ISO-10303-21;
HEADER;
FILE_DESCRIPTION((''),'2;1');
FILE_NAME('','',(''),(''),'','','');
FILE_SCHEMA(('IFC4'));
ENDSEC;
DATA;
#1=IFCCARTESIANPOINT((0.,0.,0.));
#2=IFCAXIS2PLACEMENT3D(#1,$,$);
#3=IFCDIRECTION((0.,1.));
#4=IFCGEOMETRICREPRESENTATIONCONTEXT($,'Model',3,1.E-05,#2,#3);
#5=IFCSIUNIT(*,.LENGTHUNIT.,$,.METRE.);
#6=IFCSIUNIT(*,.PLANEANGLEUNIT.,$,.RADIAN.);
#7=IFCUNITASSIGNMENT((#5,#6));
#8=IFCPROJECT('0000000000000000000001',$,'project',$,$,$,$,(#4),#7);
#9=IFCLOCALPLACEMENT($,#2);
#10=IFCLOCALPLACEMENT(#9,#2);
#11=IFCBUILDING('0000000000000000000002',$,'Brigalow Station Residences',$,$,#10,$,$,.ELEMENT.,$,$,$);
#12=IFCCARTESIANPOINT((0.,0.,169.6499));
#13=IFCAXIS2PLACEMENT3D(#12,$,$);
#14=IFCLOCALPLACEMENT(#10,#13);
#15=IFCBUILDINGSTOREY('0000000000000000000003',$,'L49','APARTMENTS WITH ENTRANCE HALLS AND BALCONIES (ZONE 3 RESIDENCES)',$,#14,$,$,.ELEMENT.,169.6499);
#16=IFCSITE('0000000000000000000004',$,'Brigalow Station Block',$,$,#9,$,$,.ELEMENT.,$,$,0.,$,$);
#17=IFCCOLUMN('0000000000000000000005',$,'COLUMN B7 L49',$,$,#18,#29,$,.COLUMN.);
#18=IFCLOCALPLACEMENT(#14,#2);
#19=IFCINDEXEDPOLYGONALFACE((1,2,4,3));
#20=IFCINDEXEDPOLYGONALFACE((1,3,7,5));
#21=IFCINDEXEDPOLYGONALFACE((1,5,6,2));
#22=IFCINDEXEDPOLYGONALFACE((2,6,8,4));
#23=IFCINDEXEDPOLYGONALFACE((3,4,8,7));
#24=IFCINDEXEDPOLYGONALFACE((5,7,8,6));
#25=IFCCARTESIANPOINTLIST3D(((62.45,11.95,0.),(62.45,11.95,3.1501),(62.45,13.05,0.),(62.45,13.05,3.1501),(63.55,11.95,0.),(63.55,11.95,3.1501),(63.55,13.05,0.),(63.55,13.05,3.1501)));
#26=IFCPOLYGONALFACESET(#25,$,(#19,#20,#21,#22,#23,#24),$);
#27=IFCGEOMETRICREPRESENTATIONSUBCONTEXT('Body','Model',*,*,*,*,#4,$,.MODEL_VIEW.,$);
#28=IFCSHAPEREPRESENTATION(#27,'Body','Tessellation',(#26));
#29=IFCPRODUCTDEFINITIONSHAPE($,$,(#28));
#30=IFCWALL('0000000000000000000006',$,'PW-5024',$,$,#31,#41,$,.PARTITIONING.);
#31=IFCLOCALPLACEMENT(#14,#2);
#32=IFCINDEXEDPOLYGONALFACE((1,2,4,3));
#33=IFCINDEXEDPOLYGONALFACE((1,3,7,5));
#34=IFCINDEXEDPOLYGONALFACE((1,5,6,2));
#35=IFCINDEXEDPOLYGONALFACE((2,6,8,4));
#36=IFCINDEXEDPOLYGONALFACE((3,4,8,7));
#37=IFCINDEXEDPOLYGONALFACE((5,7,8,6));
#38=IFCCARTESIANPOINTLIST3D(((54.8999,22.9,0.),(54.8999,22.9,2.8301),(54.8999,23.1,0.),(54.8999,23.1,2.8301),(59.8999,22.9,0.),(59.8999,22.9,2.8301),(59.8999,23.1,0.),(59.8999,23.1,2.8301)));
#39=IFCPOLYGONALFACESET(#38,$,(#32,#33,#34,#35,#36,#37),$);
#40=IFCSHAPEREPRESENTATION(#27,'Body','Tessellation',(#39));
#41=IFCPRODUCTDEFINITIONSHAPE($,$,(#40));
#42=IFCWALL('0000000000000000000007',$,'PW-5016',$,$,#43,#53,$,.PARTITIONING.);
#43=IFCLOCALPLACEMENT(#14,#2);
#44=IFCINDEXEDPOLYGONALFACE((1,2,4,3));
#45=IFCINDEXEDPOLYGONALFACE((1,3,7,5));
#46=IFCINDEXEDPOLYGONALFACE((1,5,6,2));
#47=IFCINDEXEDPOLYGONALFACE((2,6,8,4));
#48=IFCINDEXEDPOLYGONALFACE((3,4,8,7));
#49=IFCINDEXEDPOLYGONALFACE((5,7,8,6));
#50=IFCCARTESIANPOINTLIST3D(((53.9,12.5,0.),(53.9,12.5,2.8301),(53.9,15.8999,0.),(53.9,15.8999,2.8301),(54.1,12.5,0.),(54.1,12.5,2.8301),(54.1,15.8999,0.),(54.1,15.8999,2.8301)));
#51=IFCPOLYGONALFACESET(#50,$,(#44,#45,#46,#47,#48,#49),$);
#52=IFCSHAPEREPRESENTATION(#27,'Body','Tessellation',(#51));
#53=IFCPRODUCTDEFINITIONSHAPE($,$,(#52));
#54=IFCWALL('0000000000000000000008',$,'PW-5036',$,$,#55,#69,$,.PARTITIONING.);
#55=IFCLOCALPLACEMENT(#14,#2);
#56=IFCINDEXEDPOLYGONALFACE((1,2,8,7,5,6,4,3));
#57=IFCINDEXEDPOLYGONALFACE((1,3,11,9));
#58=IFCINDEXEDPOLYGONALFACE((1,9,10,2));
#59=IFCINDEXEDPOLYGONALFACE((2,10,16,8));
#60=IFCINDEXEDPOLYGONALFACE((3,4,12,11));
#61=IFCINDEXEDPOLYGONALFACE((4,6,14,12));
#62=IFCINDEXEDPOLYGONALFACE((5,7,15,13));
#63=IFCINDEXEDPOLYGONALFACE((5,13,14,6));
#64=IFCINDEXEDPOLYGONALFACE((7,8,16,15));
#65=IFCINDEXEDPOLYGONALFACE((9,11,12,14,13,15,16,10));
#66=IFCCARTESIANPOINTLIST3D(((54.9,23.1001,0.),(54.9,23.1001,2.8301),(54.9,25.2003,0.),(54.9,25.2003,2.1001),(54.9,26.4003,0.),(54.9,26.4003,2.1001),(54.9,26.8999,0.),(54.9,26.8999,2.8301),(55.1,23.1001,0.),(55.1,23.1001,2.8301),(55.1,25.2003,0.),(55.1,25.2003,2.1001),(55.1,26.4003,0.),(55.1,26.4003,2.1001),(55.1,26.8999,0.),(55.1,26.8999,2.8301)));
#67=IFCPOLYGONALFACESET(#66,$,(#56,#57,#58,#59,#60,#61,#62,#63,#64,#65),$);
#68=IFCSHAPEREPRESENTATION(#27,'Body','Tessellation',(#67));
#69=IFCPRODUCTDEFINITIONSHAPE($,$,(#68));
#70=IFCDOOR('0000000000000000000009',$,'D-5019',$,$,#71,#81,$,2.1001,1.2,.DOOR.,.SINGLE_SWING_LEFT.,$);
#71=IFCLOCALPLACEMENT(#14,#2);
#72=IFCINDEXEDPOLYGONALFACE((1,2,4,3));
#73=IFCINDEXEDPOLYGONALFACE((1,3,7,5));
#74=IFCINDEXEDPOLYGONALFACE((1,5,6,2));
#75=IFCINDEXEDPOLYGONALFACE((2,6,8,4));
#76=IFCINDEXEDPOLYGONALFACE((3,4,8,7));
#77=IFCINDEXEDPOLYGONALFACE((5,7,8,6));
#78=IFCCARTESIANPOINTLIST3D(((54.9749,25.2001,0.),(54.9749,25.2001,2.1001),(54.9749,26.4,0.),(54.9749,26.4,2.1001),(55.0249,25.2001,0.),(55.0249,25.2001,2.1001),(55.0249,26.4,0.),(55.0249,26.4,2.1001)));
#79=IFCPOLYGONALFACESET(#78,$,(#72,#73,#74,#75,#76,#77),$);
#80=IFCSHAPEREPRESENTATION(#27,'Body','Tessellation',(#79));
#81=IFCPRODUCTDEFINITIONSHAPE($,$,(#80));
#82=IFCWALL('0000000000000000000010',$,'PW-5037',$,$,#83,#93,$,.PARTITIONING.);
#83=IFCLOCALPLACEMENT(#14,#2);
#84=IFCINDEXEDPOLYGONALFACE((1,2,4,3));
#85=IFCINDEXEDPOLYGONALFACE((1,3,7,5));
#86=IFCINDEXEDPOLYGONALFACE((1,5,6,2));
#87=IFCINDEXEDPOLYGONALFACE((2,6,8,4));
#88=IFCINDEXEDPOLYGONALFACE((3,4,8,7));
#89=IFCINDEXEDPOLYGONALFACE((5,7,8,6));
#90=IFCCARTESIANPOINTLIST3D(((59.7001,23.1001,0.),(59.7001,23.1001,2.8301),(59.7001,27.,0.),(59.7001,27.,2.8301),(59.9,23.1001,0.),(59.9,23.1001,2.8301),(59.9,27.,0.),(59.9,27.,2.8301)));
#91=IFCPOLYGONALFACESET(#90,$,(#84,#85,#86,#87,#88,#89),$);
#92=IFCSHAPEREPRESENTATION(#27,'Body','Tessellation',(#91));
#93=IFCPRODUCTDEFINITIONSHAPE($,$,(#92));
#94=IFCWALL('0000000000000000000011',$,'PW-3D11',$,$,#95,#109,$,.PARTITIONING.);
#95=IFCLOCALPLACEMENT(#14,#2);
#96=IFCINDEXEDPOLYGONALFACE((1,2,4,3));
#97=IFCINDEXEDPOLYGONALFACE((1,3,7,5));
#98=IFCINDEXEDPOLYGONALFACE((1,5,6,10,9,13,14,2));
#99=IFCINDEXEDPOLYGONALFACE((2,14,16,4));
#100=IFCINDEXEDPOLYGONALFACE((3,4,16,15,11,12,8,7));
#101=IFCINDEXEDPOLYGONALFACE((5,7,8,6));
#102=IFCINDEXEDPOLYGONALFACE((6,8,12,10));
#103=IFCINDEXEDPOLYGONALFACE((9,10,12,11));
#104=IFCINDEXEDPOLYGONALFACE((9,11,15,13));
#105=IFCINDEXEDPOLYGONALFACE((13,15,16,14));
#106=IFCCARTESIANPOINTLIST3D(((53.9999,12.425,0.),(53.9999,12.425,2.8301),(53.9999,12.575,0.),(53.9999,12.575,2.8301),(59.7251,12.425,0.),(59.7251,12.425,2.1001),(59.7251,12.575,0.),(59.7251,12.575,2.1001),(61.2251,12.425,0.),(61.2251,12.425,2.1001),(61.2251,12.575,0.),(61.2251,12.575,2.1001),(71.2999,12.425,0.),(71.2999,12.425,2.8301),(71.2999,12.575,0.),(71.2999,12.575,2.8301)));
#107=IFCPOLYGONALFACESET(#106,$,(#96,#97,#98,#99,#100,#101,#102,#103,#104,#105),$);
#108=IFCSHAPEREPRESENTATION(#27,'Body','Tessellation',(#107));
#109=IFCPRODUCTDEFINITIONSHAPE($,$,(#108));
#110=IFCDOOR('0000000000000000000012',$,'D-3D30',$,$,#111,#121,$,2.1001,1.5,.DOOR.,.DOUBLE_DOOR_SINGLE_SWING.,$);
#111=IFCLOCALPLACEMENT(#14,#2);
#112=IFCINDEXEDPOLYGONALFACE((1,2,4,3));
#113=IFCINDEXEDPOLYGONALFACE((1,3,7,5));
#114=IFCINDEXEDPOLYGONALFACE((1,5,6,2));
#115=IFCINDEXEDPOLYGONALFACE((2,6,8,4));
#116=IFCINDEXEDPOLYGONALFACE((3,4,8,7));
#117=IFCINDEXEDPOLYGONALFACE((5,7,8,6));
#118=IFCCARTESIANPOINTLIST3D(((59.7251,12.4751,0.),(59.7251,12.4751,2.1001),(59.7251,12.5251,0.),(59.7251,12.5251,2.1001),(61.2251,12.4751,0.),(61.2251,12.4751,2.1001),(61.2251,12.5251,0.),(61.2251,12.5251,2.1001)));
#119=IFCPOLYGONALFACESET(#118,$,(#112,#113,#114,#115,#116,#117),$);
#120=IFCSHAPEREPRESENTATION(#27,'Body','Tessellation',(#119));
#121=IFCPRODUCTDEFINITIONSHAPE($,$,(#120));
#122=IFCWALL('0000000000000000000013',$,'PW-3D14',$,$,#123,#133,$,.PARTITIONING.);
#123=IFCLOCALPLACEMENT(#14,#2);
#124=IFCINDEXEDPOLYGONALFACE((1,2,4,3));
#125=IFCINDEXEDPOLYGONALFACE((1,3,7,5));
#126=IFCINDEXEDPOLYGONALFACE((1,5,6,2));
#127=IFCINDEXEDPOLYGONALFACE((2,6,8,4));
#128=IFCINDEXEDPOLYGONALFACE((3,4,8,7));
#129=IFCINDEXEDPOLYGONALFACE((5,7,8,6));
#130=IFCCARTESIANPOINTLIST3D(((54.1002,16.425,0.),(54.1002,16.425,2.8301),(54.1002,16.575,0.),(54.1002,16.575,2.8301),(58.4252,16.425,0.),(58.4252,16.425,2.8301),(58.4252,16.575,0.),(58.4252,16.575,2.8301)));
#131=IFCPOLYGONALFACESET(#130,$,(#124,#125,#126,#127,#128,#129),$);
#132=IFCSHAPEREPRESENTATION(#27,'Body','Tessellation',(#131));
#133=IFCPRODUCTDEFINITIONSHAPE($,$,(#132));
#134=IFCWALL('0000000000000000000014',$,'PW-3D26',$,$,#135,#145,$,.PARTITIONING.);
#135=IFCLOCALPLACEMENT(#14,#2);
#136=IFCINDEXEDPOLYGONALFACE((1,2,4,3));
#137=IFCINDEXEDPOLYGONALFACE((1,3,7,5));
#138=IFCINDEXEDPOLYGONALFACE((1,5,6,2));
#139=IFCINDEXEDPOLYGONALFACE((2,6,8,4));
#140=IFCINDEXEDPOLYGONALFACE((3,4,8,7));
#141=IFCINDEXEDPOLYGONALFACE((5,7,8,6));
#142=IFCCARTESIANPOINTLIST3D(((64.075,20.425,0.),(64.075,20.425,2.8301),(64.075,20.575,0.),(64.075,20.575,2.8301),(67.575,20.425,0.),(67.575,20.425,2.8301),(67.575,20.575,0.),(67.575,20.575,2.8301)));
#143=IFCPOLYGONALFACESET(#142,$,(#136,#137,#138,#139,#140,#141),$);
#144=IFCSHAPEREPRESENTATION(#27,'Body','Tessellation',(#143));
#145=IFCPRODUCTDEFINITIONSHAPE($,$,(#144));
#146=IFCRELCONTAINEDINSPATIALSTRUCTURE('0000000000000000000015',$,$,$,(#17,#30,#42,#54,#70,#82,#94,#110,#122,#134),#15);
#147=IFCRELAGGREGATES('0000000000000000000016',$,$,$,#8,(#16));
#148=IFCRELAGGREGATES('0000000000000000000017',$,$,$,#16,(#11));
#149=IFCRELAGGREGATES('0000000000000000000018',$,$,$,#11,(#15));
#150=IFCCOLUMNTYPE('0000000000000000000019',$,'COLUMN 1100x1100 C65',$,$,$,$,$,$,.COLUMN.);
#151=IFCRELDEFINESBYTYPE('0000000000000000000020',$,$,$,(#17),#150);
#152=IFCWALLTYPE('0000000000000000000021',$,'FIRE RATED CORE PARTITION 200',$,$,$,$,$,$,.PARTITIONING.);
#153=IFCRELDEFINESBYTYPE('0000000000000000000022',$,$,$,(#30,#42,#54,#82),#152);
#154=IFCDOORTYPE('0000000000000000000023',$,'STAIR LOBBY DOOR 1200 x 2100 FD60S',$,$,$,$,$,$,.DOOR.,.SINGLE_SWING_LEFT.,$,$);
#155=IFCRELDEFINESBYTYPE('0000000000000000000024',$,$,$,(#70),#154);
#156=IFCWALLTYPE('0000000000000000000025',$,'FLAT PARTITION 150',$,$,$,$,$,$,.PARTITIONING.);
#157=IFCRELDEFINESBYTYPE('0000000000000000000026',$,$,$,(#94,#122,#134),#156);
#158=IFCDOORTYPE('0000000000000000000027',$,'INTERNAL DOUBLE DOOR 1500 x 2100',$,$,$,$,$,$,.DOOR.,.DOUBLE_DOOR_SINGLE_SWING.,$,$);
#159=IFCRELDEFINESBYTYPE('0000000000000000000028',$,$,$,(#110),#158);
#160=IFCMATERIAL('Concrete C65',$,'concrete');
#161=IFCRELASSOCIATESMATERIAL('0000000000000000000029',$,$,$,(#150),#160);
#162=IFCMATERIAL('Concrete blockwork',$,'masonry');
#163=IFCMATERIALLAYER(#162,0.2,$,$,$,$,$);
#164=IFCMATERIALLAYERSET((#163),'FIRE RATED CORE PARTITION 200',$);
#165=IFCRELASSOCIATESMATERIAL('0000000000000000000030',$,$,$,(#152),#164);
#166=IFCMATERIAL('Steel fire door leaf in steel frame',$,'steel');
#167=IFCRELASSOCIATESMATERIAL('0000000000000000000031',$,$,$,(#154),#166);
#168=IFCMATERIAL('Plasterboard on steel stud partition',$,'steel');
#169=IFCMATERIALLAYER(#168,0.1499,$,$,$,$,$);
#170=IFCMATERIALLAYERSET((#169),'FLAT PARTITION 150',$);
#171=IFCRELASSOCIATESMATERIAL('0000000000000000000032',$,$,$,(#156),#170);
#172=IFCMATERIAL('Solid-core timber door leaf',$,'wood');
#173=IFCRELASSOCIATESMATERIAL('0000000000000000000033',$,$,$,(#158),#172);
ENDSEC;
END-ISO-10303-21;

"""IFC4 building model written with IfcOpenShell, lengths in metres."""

from ifc_helpers import new_model, si_unit, direction, frame, frame_2d, origin, origin_2d, place, context, subcontext, project, spatial, rectangle, extrude, material, layer, layer_set, material_profile, profile_set, type_object, element, fill, save


model = new_model("IFC4")

# Units and contexts
model_context = context("Model", 3, precision=1e-05, world=origin(), true_north=direction((0.0, 1.0)))
body_context = subcontext(model_context, "Body", "Model", "MODEL_VIEW")
ifc_project = project(units=[si_unit("LENGTHUNIT", "METRE"), si_unit("PLANEANGLEUNIT", "RADIAN")], contexts=[model_context])

# Site, building, storey
site_placement = place(None, origin())
site = spatial("IfcSite", under=ifc_project, at=site_placement, Name="Brigalow Station Block", CompositionType="ELEMENT", RefElevation=0.0)
building_placement = place(site_placement, origin())
building = spatial("IfcBuilding", under=site, at=building_placement, Name="Brigalow Station Residences", CompositionType="ELEMENT")
storey_placement = place(building_placement, frame((0.0, 0.0, 169.6499)))
storey = spatial("IfcBuildingStorey", under=building, at=storey_placement, Name="L49", Description="APARTMENTS WITH ENTRANCE HALLS AND BALCONIES (ZONE 3 RESIDENCES)", CompositionType="ELEMENT", Elevation=169.6499)

# Column
ifc_material_1 = material(Name="Concrete C65", Category="concrete")
ifc_material_profile = material_profile(ifc_material_1, rectangle(XDim=1.1001, YDim=1.1001, at=origin_2d()), Name="RC1100x1100")
ifc_profile_set = profile_set([ifc_material_profile], Name="Concrete C65")
column_type = type_object("IfcColumnType", Name="COLUMN 1100x1100 C65", PredefinedType="COLUMN", material=ifc_profile_set)
column_placement = place(storey_placement, frame((63.0, 12.5, 0.0), z_axis=(0.0, 0.0, 1.0), x_axis=(1.0, 0.0, 0.0)))
element("IfcColumn", 1, at=column_placement, inside=storey, type_object=column_type, Name="COLUMN B7 L49", PredefinedType="COLUMN", context=body_context, shape_type="SweptSolid", body=[
    extrude(rectangle(XDim=1.1001, YDim=1.1001, at=origin_2d()), origin(), (0.0, 0.0, 1.0), 3.1501),
])

# Walls
ifc_material_2 = material(Name="Concrete blockwork", Category="masonry")
ifc_layer_1 = layer(ifc_material_2, 0.2)
ifc_layer_set_1 = layer_set([ifc_layer_1], Name="FIRE RATED CORE PARTITION 200")
wall_type_1 = type_object("IfcWallType", Name="FIRE RATED CORE PARTITION 200", PredefinedType="PARTITIONING", material=ifc_layer_set_1)
wall_1_placement = place(storey_placement, frame((54.8999, 23.0, 0.0), z_axis=(0.0, 0.0, 1.0), x_axis=(1.0, 0.0, 0.0)))
element("IfcWall", 2, at=wall_1_placement, inside=storey, type_object=wall_type_1, Name="PW-5024", PredefinedType="PARTITIONING", context=body_context, shape_type="SweptSolid", body=[
    extrude(rectangle(XDim=5.0, YDim=0.2, at=frame_2d((2.5, 0.0))), origin(), (0.0, 0.0, 1.0), 2.8301),
])
wall_2_placement = place(storey_placement, frame((54.0, 12.5, 0.0), z_axis=(0.0, 0.0, 1.0), x_axis=(0.0, 1.0, 0.0)))
element("IfcWall", 3, at=wall_2_placement, inside=storey, type_object=wall_type_1, Name="PW-5016", PredefinedType="PARTITIONING", context=body_context, shape_type="SweptSolid", body=[
    extrude(rectangle(XDim=3.3999, YDim=0.2, at=frame_2d((1.7, 0.0))), origin(), (0.0, 0.0, 1.0), 2.8301),
])

# Wall, opening, door
wall_3_placement = place(storey_placement, frame((55.0, 23.1001, 0.0), z_axis=(0.0, 0.0, 1.0), x_axis=(0.0, 1.0, 0.0)))
wall_3 = element("IfcWall", 4, at=wall_3_placement, inside=storey, type_object=wall_type_1, Name="PW-5036", PredefinedType="PARTITIONING", context=body_context, shape_type="SweptSolid", body=[
    extrude(rectangle(XDim=3.7998, YDim=0.2, at=frame_2d((1.8999, 0.0))), origin(), (0.0, 0.0, 1.0), 2.8301),
])
opening_1_placement = place(wall_3_placement, frame((2.1001, 0.0, 0.0)))
opening_1 = element("IfcOpeningElement", 5, at=opening_1_placement, cuts=wall_3, PredefinedType="OPENING", context=body_context, shape_type="SweptSolid", body=[
    extrude(rectangle(XDim=1.2, YDim=2.1001, at=frame_2d((0.6001, 1.05))), frame((0.0, 0.1099, 0.0), z_axis=(0.0, -1.0, 0.0), x_axis=(1.0, 0.0, 0.0)), (0.0, 0.0, 1.0), 0.22),
])
ifc_material_3 = material(Name="Steel fire door leaf in steel frame", Category="steel")
door_type_1 = type_object("IfcDoorType", Name="STAIR LOBBY DOOR 1200 x 2100 FD60S", OperationType="SINGLE_SWING_LEFT", PredefinedType="DOOR", material=ifc_material_3)
door_1_placement = place(opening_1_placement, frame((1.2, 0.0, 0.0), z_axis=(0.0, 0.0, 1.0), x_axis=(-1.0, 0.0, 0.0)))
door_1 = element("IfcDoor", 6, at=door_1_placement, inside=storey, type_object=door_type_1, Name="D-5019", OperationType="SINGLE_SWING_LEFT", OverallHeight=2.1001, OverallWidth=1.2, PredefinedType="DOOR", context=body_context, shape_type="SweptSolid", body=[
    extrude(rectangle(XDim=1.2, YDim=2.1001, at=frame_2d((0.6001, 1.05))), frame((0.0, 0.0249, 0.0), z_axis=(0.0, -1.0, 0.0), x_axis=(1.0, 0.0, 0.0)), (0.0, 0.0, 1.0), 0.05),
])
fill(opening_1, door_1)

# Wall
wall_4_placement = place(storey_placement, frame((59.8, 23.1001, 0.0), z_axis=(0.0, 0.0, 1.0), x_axis=(0.0, 1.0, 0.0)))
element("IfcWall", 7, at=wall_4_placement, inside=storey, type_object=wall_type_1, Name="PW-5037", PredefinedType="PARTITIONING", context=body_context, shape_type="SweptSolid", body=[
    extrude(rectangle(XDim=3.8999, YDim=0.2, at=frame_2d((1.95, 0.0))), origin(), (0.0, 0.0, 1.0), 2.8301),
])

# Wall, opening, door
ifc_material_4 = material(Name="Plasterboard on steel stud partition", Category="steel")
ifc_layer_2 = layer(ifc_material_4, 0.1499)
ifc_layer_set_2 = layer_set([ifc_layer_2], Name="FLAT PARTITION 150")
wall_type_2 = type_object("IfcWallType", Name="FLAT PARTITION 150", PredefinedType="PARTITIONING", material=ifc_layer_set_2)
wall_5_placement = place(storey_placement, frame((54.0, 12.5, 0.0), z_axis=(0.0, 0.0, 1.0), x_axis=(1.0, 0.0, 0.0)))
wall_5 = element("IfcWall", 8, at=wall_5_placement, inside=storey, type_object=wall_type_2, Name="PW-3D11", PredefinedType="PARTITIONING", context=body_context, shape_type="SweptSolid", body=[
    extrude(rectangle(XDim=17.3, YDim=0.1499, at=frame_2d((8.6499, 0.0))), origin(), (0.0, 0.0, 1.0), 2.8301),
])
opening_2_placement = place(wall_5_placement, frame((5.7251, 0.0, 0.0)))
opening_2 = element("IfcOpeningElement", 9, at=opening_2_placement, cuts=wall_5, PredefinedType="OPENING", context=body_context, shape_type="SweptSolid", body=[
    extrude(rectangle(XDim=1.5, YDim=2.1001, at=frame_2d((0.75, 1.05))), frame((0.0, 0.085, 0.0), z_axis=(0.0, -1.0, 0.0), x_axis=(1.0, 0.0, 0.0)), (0.0, 0.0, 1.0), 0.1699),
])
ifc_material_5 = material(Name="Solid-core timber door leaf", Category="wood")
door_type_2 = type_object("IfcDoorType", Name="INTERNAL DOUBLE DOOR 1500 x 2100", OperationType="DOUBLE_DOOR_SINGLE_SWING", PredefinedType="DOOR", material=ifc_material_5)
door_2_placement = place(opening_2_placement, frame((1.5, 0.0, 0.0), z_axis=(0.0, 0.0, 1.0), x_axis=(-1.0, 0.0, 0.0)))
door_2 = element("IfcDoor", 10, at=door_2_placement, inside=storey, type_object=door_type_2, Name="D-3D30", OperationType="DOUBLE_DOOR_SINGLE_SWING", OverallHeight=2.1001, OverallWidth=1.5, PredefinedType="DOOR", context=body_context, shape_type="SweptSolid", body=[
    extrude(rectangle(XDim=1.5, YDim=2.1001, at=frame_2d((0.75, 1.05))), frame((0.0, 0.0249, 0.0), z_axis=(0.0, -1.0, 0.0), x_axis=(1.0, 0.0, 0.0)), (0.0, 0.0, 1.0), 0.05),
])
fill(opening_2, door_2)

# Walls
wall_6_placement = place(storey_placement, frame((54.1001, 16.5, 0.0), z_axis=(0.0, 0.0, 1.0), x_axis=(1.0, 0.0, 0.0)))
element("IfcWall", 11, at=wall_6_placement, inside=storey, type_object=wall_type_2, Name="PW-3D14", PredefinedType="PARTITIONING", context=body_context, shape_type="SweptSolid", body=[
    extrude(rectangle(XDim=4.325, YDim=0.1499, at=frame_2d((2.1626, 0.0))), origin(), (0.0, 0.0, 1.0), 2.8301),
])
wall_7_placement = place(storey_placement, frame((64.075, 20.5, 0.0), z_axis=(0.0, 0.0, 1.0), x_axis=(1.0, 0.0, 0.0)))
element("IfcWall", 12, at=wall_7_placement, inside=storey, type_object=wall_type_2, Name="PW-3D26", PredefinedType="PARTITIONING", context=body_context, shape_type="SweptSolid", body=[
    extrude(rectangle(XDim=3.5, YDim=0.1499, at=frame_2d((1.75, 0.0))), origin(), (0.0, 0.0, 1.0), 2.8301),
])

save(model, "model.ifc")
